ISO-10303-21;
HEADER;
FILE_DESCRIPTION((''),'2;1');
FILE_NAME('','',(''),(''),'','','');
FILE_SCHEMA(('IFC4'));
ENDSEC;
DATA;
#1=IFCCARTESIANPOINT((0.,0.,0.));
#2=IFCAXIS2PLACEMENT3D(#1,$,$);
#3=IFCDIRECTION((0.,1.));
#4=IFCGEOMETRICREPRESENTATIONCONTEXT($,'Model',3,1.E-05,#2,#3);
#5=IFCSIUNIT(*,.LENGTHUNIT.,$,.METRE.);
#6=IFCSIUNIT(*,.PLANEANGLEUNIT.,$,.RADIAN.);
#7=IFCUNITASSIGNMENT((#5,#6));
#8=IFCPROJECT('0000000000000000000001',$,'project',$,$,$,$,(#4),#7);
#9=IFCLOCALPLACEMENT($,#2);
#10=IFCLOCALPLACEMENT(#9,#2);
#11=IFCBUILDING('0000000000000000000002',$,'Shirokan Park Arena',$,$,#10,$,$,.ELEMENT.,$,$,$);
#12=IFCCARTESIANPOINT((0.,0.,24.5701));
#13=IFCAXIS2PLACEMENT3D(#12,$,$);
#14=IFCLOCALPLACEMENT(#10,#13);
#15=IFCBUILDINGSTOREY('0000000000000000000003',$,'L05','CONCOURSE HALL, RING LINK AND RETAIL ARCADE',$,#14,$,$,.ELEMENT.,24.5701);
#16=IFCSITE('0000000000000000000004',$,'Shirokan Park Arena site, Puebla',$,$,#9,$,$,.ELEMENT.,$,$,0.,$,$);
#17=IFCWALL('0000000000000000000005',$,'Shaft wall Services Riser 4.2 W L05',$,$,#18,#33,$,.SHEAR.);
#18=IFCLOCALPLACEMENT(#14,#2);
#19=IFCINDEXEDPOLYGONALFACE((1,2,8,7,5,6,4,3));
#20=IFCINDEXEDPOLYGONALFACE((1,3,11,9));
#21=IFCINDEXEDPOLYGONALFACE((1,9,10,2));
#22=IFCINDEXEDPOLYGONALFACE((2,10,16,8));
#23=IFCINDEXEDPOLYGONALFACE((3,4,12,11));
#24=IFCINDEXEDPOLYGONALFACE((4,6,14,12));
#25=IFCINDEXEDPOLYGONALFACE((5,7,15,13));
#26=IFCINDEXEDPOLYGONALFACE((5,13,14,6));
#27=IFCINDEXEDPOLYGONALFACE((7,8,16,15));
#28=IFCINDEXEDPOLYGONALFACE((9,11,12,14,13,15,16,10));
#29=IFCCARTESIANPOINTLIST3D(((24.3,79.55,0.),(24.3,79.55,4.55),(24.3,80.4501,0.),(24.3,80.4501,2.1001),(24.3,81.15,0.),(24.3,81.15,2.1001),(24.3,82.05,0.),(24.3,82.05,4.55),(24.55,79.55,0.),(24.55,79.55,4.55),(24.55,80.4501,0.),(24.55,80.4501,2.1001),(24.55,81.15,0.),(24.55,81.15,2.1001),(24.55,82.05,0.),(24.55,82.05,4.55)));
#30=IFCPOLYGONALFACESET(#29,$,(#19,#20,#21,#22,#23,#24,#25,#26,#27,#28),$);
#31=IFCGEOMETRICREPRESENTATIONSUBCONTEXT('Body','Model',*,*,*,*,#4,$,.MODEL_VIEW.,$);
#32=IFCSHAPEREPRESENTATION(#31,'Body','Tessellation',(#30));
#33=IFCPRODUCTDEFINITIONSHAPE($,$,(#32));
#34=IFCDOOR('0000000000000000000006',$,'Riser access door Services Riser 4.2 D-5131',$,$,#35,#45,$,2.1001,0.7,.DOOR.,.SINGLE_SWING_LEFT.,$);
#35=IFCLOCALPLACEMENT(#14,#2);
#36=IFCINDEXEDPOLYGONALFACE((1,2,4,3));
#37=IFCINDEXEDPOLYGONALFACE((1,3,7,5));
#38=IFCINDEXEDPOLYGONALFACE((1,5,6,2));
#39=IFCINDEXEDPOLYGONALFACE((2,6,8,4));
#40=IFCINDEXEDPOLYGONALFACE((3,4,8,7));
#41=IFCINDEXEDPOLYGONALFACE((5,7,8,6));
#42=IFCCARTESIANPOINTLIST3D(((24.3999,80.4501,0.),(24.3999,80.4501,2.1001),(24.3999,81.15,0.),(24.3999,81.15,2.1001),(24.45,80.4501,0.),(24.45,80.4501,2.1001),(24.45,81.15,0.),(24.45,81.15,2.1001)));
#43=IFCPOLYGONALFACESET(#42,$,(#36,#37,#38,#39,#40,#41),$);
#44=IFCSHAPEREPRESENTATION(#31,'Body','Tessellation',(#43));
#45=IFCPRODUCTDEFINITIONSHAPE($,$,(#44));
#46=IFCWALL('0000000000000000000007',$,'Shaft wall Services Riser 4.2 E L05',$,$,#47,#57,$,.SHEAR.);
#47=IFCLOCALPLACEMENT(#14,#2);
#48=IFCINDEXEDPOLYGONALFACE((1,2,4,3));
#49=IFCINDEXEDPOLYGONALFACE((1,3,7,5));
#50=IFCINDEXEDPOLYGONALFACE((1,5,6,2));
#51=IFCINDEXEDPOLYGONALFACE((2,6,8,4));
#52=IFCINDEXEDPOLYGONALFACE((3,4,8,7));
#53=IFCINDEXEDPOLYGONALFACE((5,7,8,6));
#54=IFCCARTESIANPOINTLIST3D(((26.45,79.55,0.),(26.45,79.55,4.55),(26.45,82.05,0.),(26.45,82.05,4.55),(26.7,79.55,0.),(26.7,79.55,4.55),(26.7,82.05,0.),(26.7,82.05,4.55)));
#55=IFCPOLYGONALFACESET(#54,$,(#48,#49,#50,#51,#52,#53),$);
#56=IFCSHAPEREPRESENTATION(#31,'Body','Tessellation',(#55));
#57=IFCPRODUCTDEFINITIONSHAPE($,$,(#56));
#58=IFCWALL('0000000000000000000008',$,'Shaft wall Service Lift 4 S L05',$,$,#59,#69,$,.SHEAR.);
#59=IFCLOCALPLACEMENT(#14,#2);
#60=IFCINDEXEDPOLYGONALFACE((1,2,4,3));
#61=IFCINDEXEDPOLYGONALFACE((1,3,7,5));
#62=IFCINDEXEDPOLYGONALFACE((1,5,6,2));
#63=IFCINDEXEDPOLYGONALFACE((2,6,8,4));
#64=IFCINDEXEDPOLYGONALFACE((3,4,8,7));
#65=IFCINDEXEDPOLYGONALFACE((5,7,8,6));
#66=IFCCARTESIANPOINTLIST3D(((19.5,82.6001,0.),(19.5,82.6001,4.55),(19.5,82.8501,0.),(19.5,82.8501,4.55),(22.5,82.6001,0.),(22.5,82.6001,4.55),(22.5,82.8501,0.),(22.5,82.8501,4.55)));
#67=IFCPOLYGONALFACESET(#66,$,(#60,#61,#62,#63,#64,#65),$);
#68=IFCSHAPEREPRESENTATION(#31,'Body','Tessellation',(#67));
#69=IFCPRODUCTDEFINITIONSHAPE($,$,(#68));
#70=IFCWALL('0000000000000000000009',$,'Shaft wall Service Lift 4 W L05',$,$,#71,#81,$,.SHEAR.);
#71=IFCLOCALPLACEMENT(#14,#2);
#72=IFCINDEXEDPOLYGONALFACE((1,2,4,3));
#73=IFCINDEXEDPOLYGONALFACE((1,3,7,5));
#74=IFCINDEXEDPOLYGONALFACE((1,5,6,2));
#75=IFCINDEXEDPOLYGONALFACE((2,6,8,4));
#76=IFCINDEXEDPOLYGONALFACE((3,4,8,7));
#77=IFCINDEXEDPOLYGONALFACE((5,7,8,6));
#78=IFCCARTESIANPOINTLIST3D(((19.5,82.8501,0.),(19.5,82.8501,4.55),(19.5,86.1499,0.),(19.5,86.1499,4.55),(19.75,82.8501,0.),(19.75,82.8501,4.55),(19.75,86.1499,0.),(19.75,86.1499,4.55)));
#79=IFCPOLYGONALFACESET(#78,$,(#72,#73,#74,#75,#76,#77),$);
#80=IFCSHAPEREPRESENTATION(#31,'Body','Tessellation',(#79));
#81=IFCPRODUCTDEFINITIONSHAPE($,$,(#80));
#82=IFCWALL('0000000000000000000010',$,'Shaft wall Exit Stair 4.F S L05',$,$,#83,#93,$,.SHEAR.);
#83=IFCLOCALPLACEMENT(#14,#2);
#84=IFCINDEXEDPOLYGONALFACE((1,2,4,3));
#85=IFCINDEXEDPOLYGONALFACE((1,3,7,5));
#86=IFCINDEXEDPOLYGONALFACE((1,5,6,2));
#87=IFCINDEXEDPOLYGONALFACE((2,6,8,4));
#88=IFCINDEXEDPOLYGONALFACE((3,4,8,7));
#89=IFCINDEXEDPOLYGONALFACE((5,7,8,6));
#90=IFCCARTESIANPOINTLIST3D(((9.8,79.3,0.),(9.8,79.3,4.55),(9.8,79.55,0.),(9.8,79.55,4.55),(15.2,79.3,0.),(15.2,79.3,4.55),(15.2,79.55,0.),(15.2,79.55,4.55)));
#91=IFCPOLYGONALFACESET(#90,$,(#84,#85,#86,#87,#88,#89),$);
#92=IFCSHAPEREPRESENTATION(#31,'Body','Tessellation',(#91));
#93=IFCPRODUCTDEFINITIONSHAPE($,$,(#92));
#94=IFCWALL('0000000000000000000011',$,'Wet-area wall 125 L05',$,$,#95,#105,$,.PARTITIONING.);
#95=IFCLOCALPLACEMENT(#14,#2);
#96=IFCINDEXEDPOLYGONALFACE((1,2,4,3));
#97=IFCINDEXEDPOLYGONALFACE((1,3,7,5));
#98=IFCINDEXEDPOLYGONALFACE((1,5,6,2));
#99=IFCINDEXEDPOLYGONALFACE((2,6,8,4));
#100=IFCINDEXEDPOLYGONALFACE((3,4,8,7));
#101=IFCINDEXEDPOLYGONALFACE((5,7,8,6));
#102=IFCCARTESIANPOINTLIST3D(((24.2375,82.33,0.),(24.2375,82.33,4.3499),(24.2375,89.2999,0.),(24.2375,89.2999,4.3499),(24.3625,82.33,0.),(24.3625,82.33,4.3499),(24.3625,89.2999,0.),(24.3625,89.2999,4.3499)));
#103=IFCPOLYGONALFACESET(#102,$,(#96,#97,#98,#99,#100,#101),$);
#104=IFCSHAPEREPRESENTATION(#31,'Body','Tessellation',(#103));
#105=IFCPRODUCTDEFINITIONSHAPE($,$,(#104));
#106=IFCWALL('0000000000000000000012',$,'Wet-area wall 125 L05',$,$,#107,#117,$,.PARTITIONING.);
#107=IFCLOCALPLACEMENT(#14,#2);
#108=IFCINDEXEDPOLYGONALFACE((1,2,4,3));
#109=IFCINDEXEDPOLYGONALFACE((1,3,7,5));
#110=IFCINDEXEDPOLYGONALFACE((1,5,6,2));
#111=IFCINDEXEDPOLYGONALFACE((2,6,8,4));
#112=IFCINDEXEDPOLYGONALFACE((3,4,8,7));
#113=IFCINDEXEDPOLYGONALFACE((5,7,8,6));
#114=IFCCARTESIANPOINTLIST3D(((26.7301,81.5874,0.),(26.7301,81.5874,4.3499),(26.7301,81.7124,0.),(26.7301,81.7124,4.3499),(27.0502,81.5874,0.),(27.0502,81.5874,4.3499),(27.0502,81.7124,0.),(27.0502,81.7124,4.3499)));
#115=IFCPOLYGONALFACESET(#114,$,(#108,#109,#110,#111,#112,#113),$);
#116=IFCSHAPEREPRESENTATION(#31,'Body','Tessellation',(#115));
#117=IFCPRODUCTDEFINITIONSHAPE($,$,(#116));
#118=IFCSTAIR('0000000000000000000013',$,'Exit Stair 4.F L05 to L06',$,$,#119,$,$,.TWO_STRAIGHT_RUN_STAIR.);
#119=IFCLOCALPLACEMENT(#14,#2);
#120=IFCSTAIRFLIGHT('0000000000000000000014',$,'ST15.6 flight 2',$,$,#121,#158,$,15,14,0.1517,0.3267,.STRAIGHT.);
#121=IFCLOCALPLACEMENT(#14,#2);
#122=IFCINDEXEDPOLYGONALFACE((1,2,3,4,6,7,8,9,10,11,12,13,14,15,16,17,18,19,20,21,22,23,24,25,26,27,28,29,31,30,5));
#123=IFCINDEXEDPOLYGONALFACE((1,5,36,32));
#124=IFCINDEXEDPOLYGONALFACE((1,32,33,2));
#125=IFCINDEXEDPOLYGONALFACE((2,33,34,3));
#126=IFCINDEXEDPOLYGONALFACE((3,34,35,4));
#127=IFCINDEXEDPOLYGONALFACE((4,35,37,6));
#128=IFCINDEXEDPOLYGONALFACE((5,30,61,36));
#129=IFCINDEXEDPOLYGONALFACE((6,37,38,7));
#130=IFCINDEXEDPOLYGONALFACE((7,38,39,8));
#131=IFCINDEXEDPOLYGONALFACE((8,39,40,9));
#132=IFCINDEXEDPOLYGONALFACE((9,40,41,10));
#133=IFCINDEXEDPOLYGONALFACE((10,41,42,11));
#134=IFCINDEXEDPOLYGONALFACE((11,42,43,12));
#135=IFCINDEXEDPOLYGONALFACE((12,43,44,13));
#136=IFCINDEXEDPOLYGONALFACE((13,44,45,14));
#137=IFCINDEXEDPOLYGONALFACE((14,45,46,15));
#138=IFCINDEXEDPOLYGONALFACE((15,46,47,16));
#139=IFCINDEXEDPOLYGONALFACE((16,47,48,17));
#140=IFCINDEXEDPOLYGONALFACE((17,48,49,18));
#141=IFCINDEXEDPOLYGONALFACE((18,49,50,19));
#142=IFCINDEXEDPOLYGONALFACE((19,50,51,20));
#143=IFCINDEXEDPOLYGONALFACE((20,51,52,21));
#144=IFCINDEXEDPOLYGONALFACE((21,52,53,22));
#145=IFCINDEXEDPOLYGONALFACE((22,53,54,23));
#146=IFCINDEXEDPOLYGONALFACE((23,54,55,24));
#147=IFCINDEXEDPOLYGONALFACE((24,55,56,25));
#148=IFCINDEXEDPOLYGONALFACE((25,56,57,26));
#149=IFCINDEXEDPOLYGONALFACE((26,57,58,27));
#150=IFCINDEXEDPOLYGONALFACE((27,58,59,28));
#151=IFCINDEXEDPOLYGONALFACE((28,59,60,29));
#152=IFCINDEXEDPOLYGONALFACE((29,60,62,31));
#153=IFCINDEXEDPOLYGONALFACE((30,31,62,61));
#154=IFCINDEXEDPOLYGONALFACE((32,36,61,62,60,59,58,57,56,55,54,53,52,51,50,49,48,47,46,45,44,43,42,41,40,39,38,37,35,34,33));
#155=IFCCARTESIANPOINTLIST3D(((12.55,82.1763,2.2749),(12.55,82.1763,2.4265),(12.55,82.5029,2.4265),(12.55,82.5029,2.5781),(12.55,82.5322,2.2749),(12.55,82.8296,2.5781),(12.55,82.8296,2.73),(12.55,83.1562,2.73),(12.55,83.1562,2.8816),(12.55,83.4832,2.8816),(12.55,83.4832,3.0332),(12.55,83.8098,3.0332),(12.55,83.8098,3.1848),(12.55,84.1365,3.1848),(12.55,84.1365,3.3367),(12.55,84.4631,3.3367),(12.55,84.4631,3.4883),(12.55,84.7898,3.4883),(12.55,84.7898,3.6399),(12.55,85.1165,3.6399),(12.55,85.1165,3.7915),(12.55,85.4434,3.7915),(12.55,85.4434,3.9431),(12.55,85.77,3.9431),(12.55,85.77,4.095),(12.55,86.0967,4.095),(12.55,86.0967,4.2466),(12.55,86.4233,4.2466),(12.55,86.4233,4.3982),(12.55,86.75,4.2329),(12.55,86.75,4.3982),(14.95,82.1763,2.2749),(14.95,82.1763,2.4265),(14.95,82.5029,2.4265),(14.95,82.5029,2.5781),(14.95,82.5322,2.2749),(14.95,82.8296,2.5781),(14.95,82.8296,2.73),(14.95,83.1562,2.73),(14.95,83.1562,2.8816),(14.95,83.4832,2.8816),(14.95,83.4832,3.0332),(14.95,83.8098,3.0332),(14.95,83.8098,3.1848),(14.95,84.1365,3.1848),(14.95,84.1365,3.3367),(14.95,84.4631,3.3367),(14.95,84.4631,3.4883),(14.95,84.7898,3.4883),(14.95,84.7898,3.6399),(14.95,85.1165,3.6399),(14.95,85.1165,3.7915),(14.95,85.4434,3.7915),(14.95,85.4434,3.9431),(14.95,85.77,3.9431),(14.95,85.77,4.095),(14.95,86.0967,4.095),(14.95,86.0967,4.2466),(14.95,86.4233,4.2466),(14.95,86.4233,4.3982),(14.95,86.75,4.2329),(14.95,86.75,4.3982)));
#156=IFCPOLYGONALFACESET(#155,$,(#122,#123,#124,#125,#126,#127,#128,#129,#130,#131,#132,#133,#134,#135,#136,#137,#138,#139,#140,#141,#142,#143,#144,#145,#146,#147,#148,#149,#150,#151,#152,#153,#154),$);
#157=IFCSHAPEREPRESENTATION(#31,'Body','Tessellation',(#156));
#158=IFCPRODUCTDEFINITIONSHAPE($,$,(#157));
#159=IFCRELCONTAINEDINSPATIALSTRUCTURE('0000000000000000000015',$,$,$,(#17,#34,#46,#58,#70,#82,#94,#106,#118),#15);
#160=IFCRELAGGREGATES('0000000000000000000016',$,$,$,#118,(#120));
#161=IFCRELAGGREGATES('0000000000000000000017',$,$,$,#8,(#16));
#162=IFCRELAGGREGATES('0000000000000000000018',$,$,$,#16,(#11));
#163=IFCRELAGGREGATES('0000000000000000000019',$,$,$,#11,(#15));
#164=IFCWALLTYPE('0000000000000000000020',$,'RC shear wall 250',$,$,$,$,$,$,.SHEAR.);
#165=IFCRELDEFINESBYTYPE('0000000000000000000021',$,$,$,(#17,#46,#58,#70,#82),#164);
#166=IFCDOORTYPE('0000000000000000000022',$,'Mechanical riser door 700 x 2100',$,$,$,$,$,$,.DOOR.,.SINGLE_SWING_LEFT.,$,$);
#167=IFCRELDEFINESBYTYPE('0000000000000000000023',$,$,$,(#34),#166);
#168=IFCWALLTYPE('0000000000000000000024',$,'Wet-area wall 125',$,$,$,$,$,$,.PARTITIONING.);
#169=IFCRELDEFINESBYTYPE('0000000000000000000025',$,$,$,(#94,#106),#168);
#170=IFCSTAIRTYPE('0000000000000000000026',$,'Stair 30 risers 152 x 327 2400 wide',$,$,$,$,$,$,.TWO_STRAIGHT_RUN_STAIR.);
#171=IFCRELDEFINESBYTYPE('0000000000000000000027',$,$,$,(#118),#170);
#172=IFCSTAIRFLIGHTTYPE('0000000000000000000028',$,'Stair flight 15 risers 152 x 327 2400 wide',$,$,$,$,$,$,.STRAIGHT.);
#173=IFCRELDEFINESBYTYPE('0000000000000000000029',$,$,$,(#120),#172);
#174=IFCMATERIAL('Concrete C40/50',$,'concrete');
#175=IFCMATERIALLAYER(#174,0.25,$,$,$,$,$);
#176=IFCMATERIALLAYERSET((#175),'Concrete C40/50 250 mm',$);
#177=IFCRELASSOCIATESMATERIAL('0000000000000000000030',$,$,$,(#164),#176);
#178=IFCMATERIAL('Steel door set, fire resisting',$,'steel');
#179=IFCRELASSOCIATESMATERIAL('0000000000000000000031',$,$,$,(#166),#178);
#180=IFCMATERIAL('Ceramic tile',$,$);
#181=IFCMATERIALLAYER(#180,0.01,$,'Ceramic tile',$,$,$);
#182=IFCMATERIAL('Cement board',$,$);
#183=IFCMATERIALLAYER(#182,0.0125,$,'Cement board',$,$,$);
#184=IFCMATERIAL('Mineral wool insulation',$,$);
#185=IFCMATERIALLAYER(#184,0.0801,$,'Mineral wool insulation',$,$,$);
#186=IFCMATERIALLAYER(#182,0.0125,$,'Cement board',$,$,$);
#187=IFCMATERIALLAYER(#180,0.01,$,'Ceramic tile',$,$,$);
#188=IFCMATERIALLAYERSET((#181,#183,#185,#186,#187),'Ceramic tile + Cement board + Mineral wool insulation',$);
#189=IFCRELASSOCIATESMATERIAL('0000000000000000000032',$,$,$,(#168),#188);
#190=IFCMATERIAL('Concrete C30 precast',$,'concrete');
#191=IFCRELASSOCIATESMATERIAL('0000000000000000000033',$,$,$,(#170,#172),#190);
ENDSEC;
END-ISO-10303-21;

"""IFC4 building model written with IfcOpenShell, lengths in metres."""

from ifc_helpers import new_model, si_unit, direction, frame, frame_2d, origin, place, context, subcontext, project, spatial, polyline, rectangle, outline, extrude, material, layer, layer_set, type_object, element, fill, aggregate, save


model = new_model("IFC4")

# Units and contexts
model_context = context("Model", 3, precision=1e-05, world=origin(), true_north=direction((0.0, 1.0)))
body_context = subcontext(model_context, "Body", "Model", "MODEL_VIEW")
ifc_project = project(units=[si_unit("LENGTHUNIT", "METRE"), si_unit("PLANEANGLEUNIT", "RADIAN")], contexts=[model_context])

# Site, building, storey
site_placement = place(None, origin())
site = spatial("IfcSite", under=ifc_project, at=site_placement, Name="Shirokan Park Arena site, Puebla", CompositionType="ELEMENT", RefElevation=0.0)
building_placement = place(site_placement, origin())
building = spatial("IfcBuilding", under=site, at=building_placement, Name="Shirokan Park Arena", CompositionType="ELEMENT")
storey_placement = place(building_placement, frame((0.0, 0.0, 24.5701)))
storey = spatial("IfcBuildingStorey", under=building, at=storey_placement, Name="L05", Description="CONCOURSE HALL, RING LINK AND RETAIL ARCADE", CompositionType="ELEMENT", Elevation=24.5701)

# Shared definitions
ifc_material_1 = material(Name="Mineral wool insulation")

# Shared definitions
ifc_material_2 = material(Name="Concrete C40/50", Category="concrete")
ifc_layer_1 = layer(ifc_material_2, 0.25)
ifc_layer_set_1 = layer_set([ifc_layer_1], Name="Concrete C40/50 250 mm")
wall_type_1 = type_object("IfcWallType", Name="RC shear wall 250", PredefinedType="SHEAR", material=ifc_layer_set_1)

# Wall, opening, door
wall_1_placement = place(storey_placement, frame((24.425, 82.05, 0.0), z_axis=(0.0, 0.0, 1.0), x_axis=(0.0, -1.0, 0.0)))
wall_1 = element("IfcWall", 1, at=wall_1_placement, inside=storey, type_object=wall_type_1, Name="Shaft wall Services Riser 4.2 W L05", PredefinedType="SHEAR", context=body_context, shape_type="SweptSolid", body=[
    extrude(rectangle(XDim=2.5, YDim=0.25, at=frame_2d((1.25, 0.0))), origin(), (0.0, 0.0, 1.0), 4.55),
])
opening_1_placement = place(wall_1_placement, frame((0.8999, 0.0, 0.0)))
opening_1 = element("IfcOpeningElement", 2, at=opening_1_placement, cuts=wall_1, PredefinedType="OPENING", context=body_context, shape_type="SweptSolid", body=[
    extrude(rectangle(XDim=0.7, YDim=2.1001, at=frame_2d((0.3501, 1.05))), frame((0.0, 0.135, 0.0), z_axis=(0.0, -1.0, 0.0), x_axis=(1.0, 0.0, 0.0)), (0.0, 0.0, 1.0), 0.27),
])
ifc_material_3 = material(Name="Steel door set, fire resisting", Category="steel")
door_type_1 = type_object("IfcDoorType", Name="Mechanical riser door 700 x 2100", OperationType="SINGLE_SWING_LEFT", PredefinedType="DOOR", material=ifc_material_3)
door_1_placement = place(opening_1_placement, origin())
door_1 = element("IfcDoor", 3, at=door_1_placement, inside=storey, type_object=door_type_1, Name="Riser access door Services Riser 4.2 D-5131", OperationType="SINGLE_SWING_LEFT", OverallHeight=2.1001, OverallWidth=0.7, PredefinedType="DOOR", context=body_context, shape_type="SweptSolid", body=[
    extrude(rectangle(XDim=0.7, YDim=2.1001, at=frame_2d((0.3501, 1.05))), frame((0.0, 0.0249, 0.0), z_axis=(0.0, -1.0, 0.0), x_axis=(1.0, 0.0, 0.0)), (0.0, 0.0, 1.0), 0.05),
])
fill(opening_1, door_1)

# Walls
wall_2_placement = place(storey_placement, frame((26.575, 82.05, 0.0), z_axis=(0.0, 0.0, 1.0), x_axis=(0.0, -1.0, 0.0)))
element("IfcWall", 4, at=wall_2_placement, inside=storey, type_object=wall_type_1, Name="Shaft wall Services Riser 4.2 E L05", PredefinedType="SHEAR", context=body_context, shape_type="SweptSolid", body=[
    extrude(rectangle(XDim=2.5, YDim=0.25, at=frame_2d((1.25, 0.0))), origin(), (0.0, 0.0, 1.0), 4.55),
])
wall_3_placement = place(storey_placement, frame((22.5, 82.7251, 0.0), z_axis=(0.0, 0.0, 1.0), x_axis=(-1.0, 0.0, 0.0)))
element("IfcWall", 5, at=wall_3_placement, inside=storey, type_object=wall_type_1, Name="Shaft wall Service Lift 4 S L05", PredefinedType="SHEAR", context=body_context, shape_type="SweptSolid", body=[
    extrude(rectangle(XDim=3.0, YDim=0.25, at=frame_2d((1.5, 0.0))), origin(), (0.0, 0.0, 1.0), 4.55),
])
wall_4_placement = place(storey_placement, frame((19.625, 86.1499, 0.0), z_axis=(0.0, 0.0, 1.0), x_axis=(0.0, -1.0, 0.0)))
element("IfcWall", 6, at=wall_4_placement, inside=storey, type_object=wall_type_1, Name="Shaft wall Service Lift 4 W L05", PredefinedType="SHEAR", context=body_context, shape_type="SweptSolid", body=[
    extrude(rectangle(XDim=3.2998, YDim=0.25, at=frame_2d((1.6499, 0.0))), origin(), (0.0, 0.0, 1.0), 4.55),
])
wall_5_placement = place(storey_placement, frame((15.2, 79.425, 0.0), z_axis=(0.0, 0.0, 1.0), x_axis=(-1.0, 0.0, 0.0)))
element("IfcWall", 7, at=wall_5_placement, inside=storey, type_object=wall_type_1, Name="Shaft wall Exit Stair 4.F S L05", PredefinedType="SHEAR", context=body_context, shape_type="SweptSolid", body=[
    extrude(rectangle(XDim=5.3999, YDim=0.25, at=frame_2d((2.7, 0.0))), origin(), (0.0, 0.0, 1.0), 4.55),
])
ifc_material_4 = material(Name="Ceramic tile")
ifc_layer_2 = layer(ifc_material_4, 0.01, Name="Ceramic tile")
ifc_material_5 = material(Name="Cement board")
ifc_layer_3 = layer(ifc_material_5, 0.0125, Name="Cement board")
ifc_layer_4 = layer(ifc_material_1, 0.0801, Name="Mineral wool insulation")
ifc_layer_5 = layer(ifc_material_5, 0.0125, Name="Cement board")
ifc_layer_6 = layer(ifc_material_4, 0.01, Name="Ceramic tile")
ifc_layer_set_2 = layer_set([ifc_layer_2, ifc_layer_3, ifc_layer_4, ifc_layer_5, ifc_layer_6], Name="Ceramic tile + Cement board + Mineral wool insulation")
wall_type_2 = type_object("IfcWallType", Name="Wet-area wall 125", PredefinedType="PARTITIONING", material=ifc_layer_set_2)
wall_6_placement = place(storey_placement, frame((24.3, 82.3301, 0.0), z_axis=(0.0, 0.0, 1.0), x_axis=(0.0, 1.0, 0.0)))
element("IfcWall", 8, at=wall_6_placement, inside=storey, type_object=wall_type_2, Name="Wet-area wall 125 L05", PredefinedType="PARTITIONING", context=body_context, shape_type="SweptSolid", body=[
    extrude(rectangle(XDim=6.97, YDim=0.125, at=frame_2d((3.4849, 0.0))), origin(), (0.0, 0.0, 1.0), 4.3499),
])
wall_7_placement = place(storey_placement, frame((26.73, 81.6499, 0.0), z_axis=(0.0, 0.0, 1.0), x_axis=(1.0, 0.0, 0.0)))
element("IfcWall", 9, at=wall_7_placement, inside=storey, type_object=wall_type_2, Name="Wet-area wall 125 L05", PredefinedType="PARTITIONING", context=body_context, shape_type="SweptSolid", body=[
    extrude(rectangle(XDim=0.3201, YDim=0.125, at=frame_2d((0.1602, 0.0))), origin(), (0.0, 0.0, 1.0), 4.3499),
])

# Stair, stair flight
ifc_material_6 = material(Name="Concrete C30 precast", Category="concrete")
stair_type = type_object("IfcStairType", Name="Stair 30 risers 152 x 327 2400 wide", PredefinedType="TWO_STRAIGHT_RUN_STAIR", material=ifc_material_6)
stair_placement = place(storey_placement, origin())
stair = element("IfcStair", 10, at=stair_placement, inside=storey, type_object=stair_type, Name="Exit Stair 4.F L05 to L06", PredefinedType="TWO_STRAIGHT_RUN_STAIR")
stair_flight_type = type_object("IfcStairFlightType", Name="Stair flight 15 risers 152 x 327 2400 wide", PredefinedType="STRAIGHT", material=ifc_material_6)
stair_flight_placement = place(storey_placement, frame((13.75, 82.1763, 2.2749), z_axis=(0.0, 0.0, 1.0), x_axis=(0.0, 1.0, 0.0)))
stair_flight = element("IfcStairFlight", 11, at=stair_flight_placement, type_object=stair_flight_type, Name="ST15.6 flight 2", NumberOfRisers=15, NumberOfTreads=14, PredefinedType="STRAIGHT", RiserHeight=0.1517, TreadLength=0.3267, context=body_context, shape_type="SweptSolid", body=[
    extrude(outline(polyline([(0.0, 0.0), (0.0, 0.1516), (0.3267, 0.1516), (0.3267, 0.3032), (0.6533, 0.3032), (0.6533, 0.4551), (0.98, 0.4551), (0.98, 0.6067), (1.3069, 0.6067), (1.3069, 0.7583), (1.6335, 0.7583), (1.6335, 0.9099), (1.9602, 0.9099), (1.9602, 1.0618), (2.2869, 1.0618), (2.2869, 1.2134), (2.6135, 1.2134), (2.6135, 1.365), (2.9402, 1.365), (2.9402, 1.5166), (3.2671, 1.5166), (3.2671, 1.6682), (3.5938, 1.6682), (3.5938, 1.8201), (3.9204, 1.8201), (3.9204, 1.9717), (4.2471, 1.9717), (4.2471, 2.1233), (4.5737, 2.1233), (4.5737, 2.2749), (4.5737, 1.958), (0.356, 0.0), (0.0, 0.0)])), frame((0.0, 1.2, 0.0), z_axis=(0.0, -1.0, 0.0), x_axis=(1.0, 0.0, 0.0)), (0.0, 0.0, 1.0), 2.3999),
])
aggregate(stair, [stair_flight])

save(model, "model.ifc")
